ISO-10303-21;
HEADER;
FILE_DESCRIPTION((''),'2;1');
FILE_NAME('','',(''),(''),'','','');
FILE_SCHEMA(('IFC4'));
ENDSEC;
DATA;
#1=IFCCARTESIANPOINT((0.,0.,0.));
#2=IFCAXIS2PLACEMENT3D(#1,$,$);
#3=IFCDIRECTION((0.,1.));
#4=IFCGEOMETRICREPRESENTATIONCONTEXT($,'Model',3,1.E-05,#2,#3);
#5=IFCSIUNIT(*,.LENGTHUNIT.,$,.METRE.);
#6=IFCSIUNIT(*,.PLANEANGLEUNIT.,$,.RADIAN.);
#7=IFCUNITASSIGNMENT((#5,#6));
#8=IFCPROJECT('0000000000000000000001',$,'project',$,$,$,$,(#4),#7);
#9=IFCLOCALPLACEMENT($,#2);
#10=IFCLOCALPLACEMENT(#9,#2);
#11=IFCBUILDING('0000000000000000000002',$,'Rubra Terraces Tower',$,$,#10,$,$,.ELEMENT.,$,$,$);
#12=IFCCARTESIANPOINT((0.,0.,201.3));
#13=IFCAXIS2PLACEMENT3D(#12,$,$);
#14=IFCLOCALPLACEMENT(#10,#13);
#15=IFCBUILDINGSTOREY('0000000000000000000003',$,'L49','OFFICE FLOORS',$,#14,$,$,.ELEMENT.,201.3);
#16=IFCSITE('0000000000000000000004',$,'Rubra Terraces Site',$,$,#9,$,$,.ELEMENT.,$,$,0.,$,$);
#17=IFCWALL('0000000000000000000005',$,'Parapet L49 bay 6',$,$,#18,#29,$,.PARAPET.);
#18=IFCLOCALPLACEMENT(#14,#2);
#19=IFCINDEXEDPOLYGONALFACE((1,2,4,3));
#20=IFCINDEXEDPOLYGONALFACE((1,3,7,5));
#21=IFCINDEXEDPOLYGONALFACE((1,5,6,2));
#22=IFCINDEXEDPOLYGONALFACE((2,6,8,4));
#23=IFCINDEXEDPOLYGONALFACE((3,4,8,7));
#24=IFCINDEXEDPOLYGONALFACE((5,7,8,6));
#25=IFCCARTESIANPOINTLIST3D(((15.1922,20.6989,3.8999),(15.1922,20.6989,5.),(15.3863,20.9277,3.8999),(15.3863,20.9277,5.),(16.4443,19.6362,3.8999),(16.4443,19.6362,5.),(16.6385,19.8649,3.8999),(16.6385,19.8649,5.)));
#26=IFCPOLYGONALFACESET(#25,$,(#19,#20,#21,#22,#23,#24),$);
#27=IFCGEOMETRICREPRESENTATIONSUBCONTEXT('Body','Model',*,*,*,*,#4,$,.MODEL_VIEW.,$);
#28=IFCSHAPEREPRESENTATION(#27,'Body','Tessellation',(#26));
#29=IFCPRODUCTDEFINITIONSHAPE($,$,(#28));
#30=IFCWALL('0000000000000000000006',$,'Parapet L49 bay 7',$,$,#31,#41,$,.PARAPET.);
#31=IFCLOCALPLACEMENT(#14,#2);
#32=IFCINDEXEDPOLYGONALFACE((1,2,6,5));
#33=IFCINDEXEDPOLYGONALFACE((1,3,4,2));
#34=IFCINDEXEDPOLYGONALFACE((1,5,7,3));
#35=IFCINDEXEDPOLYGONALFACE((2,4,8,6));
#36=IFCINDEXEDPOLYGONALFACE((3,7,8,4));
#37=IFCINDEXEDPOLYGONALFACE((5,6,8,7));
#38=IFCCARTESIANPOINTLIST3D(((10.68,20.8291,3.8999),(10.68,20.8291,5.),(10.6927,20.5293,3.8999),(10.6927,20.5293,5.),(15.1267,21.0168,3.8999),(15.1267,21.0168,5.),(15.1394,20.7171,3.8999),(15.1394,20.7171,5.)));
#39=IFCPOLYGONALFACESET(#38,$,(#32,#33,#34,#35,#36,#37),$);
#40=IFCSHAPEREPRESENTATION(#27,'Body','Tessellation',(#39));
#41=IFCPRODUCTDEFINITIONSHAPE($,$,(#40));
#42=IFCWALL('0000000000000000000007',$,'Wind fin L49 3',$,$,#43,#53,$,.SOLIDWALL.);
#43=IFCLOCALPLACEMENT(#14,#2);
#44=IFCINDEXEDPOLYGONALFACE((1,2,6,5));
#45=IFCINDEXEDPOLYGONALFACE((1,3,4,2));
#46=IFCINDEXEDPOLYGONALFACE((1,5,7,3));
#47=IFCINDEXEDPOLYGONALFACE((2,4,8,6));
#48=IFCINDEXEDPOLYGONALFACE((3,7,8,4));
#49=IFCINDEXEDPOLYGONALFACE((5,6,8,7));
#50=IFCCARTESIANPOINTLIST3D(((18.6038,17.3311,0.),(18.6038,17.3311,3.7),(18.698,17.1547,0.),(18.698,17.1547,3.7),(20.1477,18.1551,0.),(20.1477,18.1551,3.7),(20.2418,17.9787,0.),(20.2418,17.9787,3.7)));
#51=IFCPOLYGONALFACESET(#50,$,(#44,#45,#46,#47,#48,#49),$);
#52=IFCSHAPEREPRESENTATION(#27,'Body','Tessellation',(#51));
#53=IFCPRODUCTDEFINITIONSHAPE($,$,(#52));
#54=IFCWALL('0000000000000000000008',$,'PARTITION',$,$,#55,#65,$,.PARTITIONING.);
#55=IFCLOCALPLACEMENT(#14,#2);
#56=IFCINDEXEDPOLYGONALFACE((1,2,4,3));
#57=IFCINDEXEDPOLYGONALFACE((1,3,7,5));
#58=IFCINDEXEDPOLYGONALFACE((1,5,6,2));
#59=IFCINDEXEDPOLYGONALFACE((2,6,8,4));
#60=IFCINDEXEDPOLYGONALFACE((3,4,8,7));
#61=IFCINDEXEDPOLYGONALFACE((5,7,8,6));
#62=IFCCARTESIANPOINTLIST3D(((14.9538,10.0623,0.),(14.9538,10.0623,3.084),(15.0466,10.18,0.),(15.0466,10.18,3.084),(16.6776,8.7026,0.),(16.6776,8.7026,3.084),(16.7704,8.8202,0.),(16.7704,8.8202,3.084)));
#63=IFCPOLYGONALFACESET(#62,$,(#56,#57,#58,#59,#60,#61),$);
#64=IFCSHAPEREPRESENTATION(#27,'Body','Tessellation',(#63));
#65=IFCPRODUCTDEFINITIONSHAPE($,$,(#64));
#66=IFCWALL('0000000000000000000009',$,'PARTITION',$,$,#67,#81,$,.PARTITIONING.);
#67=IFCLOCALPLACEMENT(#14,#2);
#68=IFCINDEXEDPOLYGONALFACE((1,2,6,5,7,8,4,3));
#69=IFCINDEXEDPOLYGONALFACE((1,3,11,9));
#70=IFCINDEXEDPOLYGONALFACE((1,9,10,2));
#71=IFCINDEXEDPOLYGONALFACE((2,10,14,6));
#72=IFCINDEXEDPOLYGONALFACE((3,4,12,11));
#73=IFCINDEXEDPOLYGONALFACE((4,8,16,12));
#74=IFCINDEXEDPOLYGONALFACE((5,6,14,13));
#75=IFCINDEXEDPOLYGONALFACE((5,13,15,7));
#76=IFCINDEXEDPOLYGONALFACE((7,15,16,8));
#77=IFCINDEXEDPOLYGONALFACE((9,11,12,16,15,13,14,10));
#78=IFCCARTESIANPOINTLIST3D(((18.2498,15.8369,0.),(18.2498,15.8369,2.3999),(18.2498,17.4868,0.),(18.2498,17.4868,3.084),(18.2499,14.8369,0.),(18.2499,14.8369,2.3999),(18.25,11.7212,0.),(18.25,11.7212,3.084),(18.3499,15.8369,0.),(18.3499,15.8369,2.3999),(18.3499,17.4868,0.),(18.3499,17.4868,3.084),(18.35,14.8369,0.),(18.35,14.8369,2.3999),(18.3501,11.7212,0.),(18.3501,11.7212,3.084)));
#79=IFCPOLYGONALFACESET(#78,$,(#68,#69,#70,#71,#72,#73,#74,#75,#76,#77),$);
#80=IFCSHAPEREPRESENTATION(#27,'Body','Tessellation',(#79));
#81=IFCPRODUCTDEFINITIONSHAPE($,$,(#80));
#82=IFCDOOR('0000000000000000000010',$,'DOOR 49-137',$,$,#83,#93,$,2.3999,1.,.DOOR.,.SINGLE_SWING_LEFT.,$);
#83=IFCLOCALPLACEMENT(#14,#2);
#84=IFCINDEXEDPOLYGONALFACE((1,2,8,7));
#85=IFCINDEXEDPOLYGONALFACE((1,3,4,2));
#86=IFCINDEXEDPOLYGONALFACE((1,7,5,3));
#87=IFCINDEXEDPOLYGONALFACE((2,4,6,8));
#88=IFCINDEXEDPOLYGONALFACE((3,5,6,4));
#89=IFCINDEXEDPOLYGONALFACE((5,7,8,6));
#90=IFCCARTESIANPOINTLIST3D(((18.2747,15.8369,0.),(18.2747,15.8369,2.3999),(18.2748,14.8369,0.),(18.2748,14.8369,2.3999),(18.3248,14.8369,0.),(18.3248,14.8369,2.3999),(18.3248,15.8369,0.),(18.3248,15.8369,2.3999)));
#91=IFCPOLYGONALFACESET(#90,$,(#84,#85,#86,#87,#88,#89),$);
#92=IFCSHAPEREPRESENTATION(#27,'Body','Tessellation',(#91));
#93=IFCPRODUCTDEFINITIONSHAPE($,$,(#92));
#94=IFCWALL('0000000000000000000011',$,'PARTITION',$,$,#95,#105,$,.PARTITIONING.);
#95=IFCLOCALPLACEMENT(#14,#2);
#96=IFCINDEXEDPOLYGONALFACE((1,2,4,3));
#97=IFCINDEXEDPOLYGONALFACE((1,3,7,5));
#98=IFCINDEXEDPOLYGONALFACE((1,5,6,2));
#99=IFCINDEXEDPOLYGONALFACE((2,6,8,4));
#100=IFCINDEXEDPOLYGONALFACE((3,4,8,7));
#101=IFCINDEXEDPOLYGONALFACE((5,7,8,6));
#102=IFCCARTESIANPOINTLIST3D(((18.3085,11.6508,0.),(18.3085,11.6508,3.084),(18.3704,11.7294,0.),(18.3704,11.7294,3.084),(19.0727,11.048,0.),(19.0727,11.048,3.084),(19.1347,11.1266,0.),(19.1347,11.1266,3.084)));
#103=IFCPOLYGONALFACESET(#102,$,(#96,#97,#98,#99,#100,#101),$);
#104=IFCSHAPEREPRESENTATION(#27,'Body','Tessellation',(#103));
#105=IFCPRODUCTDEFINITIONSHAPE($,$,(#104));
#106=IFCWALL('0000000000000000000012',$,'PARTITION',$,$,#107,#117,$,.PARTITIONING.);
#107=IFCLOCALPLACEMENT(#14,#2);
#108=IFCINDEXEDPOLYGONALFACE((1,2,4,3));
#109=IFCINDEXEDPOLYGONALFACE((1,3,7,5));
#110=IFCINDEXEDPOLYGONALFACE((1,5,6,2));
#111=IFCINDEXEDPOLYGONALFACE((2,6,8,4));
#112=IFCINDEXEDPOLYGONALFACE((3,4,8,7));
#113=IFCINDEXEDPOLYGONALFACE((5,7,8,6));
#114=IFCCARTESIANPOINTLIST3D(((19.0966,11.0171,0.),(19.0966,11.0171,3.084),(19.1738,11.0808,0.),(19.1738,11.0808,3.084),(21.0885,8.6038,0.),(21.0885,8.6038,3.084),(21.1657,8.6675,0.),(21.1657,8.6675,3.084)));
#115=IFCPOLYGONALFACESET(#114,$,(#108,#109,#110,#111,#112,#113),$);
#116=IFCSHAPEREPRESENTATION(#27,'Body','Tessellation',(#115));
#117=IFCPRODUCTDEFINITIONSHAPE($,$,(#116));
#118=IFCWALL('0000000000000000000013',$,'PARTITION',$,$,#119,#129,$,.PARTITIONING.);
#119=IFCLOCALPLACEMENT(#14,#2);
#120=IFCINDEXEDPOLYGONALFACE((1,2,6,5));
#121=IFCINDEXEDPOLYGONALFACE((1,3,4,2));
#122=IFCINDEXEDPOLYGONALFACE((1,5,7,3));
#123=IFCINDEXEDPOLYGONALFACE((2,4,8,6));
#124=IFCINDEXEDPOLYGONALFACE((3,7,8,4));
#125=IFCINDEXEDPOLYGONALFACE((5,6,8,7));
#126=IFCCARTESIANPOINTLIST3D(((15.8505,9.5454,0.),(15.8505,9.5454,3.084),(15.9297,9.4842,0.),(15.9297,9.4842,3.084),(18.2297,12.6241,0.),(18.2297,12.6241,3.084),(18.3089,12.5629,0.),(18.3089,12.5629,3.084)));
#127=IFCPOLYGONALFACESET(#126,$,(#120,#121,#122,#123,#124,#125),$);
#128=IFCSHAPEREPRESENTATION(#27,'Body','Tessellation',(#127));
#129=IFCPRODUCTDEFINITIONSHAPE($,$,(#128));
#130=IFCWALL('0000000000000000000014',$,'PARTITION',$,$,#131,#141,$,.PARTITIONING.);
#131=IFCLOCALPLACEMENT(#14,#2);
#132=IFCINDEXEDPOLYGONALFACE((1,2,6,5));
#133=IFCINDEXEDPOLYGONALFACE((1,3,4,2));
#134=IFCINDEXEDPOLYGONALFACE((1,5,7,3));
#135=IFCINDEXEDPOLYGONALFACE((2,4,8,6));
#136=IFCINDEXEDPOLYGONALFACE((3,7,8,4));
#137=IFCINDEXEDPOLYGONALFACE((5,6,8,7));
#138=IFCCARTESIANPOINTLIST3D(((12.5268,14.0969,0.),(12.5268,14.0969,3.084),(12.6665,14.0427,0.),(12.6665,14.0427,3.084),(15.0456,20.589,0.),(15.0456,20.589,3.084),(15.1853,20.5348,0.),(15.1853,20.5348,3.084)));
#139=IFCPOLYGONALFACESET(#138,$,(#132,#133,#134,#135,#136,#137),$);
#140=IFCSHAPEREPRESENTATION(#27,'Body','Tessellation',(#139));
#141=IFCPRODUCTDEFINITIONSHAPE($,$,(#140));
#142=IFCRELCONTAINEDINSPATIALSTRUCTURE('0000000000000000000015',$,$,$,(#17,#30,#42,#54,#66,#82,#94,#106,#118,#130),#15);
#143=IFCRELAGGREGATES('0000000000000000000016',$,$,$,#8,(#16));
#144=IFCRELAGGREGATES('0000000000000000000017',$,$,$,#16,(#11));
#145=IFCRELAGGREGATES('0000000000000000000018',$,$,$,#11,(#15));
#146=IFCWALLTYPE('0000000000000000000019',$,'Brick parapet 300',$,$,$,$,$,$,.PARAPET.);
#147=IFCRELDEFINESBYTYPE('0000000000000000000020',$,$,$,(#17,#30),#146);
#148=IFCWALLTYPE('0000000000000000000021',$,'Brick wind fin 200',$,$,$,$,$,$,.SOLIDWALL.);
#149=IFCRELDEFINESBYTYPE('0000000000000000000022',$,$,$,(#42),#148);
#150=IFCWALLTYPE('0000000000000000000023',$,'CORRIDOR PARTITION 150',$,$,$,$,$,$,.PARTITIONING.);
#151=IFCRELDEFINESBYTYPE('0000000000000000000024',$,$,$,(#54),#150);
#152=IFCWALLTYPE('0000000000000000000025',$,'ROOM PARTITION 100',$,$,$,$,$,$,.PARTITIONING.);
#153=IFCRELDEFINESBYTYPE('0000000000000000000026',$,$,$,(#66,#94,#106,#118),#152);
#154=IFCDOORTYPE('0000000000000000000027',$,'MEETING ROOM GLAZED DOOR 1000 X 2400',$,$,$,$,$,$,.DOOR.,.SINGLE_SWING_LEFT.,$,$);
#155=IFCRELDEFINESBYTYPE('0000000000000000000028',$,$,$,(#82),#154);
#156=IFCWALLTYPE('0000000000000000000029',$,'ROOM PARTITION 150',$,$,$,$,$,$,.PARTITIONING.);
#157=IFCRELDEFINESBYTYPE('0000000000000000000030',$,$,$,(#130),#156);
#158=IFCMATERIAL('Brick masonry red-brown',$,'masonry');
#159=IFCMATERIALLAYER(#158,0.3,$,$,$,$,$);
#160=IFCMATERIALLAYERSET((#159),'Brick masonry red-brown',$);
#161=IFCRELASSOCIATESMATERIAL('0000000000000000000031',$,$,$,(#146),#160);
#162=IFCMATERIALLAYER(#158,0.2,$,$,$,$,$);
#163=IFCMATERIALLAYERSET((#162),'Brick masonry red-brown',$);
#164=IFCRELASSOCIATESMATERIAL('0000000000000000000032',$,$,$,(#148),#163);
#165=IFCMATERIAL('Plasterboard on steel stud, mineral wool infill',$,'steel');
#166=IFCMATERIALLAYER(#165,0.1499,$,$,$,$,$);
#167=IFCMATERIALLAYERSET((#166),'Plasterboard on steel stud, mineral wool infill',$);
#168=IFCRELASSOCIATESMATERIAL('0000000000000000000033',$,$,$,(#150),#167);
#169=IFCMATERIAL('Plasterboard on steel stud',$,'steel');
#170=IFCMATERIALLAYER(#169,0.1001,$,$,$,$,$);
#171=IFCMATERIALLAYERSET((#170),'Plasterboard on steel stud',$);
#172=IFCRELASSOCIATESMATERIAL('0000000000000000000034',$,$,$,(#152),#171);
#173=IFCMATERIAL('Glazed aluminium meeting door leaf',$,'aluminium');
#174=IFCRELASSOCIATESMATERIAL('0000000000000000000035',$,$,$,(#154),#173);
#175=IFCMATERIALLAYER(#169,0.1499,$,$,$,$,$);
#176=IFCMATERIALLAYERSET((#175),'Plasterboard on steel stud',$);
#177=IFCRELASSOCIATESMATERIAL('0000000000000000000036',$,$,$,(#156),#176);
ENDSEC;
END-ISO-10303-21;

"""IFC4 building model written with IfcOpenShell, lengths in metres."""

from ifc_helpers import new_model, si_unit, direction, frame, frame_2d, origin, place, context, subcontext, project, spatial, rectangle, extrude, material, layer, layer_set, type_object, element, fill, save


model = new_model("IFC4")

# Units and contexts
model_context = context("Model", 3, precision=1e-05, world=origin(), true_north=direction((0.0, 1.0)))
body_context = subcontext(model_context, "Body", "Model", "MODEL_VIEW")
ifc_project = project(units=[si_unit("LENGTHUNIT", "METRE"), si_unit("PLANEANGLEUNIT", "RADIAN")], contexts=[model_context])

# Site, building, storey
site_placement = place(None, origin())
site = spatial("IfcSite", under=ifc_project, at=site_placement, Name="Rubra Terraces Site", CompositionType="ELEMENT", RefElevation=0.0)
building_placement = place(site_placement, origin())
building = spatial("IfcBuilding", under=site, at=building_placement, Name="Rubra Terraces Tower", CompositionType="ELEMENT")
storey_placement = place(building_placement, frame((0.0, 0.0, 201.3)))
storey = spatial("IfcBuildingStorey", under=building, at=storey_placement, Name="L49", Description="OFFICE FLOORS", CompositionType="ELEMENT", Elevation=201.3)

# Shared definitions
ifc_material_1 = material(Name="Brick masonry red-brown", Category="masonry")

# Walls
ifc_layer_1 = layer(ifc_material_1, 0.3)
ifc_layer_set_1 = layer_set([ifc_layer_1], Name="Brick masonry red-brown")
wall_type_1 = type_object("IfcWallType", Name="Brick parapet 300", PredefinedType="PARAPET", material=ifc_layer_set_1)
wall_1_placement = place(storey_placement, frame((16.5415, 19.7505, 3.8999), z_axis=(0.0, 0.0, 1.0), x_axis=(-0.762427, 0.647074, 0.0)))
element("IfcWall", 1, at=wall_1_placement, inside=storey, type_object=wall_type_1, Name="Parapet L49 bay 6", PredefinedType="PARAPET", context=body_context, shape_type="SweptSolid", body=[
    extrude(rectangle(XDim=1.6423, YDim=0.3, at=frame_2d((0.8213, 0.0))), origin(), (0.0, 0.0, 1.0), 1.1001),
])
wall_2_placement = place(storey_placement, frame((15.1331, 20.8669, 3.8999), z_axis=(0.0, 0.0, 1.0), x_axis=(-0.99911, -0.042183, 0.0)))
element("IfcWall", 2, at=wall_2_placement, inside=storey, type_object=wall_type_1, Name="Parapet L49 bay 7", PredefinedType="PARAPET", context=body_context, shape_type="SweptSolid", body=[
    extrude(rectangle(XDim=4.4507, YDim=0.3, at=frame_2d((2.2253, 0.0))), origin(), (0.0, 0.0, 1.0), 1.1001),
])
ifc_layer_2 = layer(ifc_material_1, 0.2)
ifc_layer_set_2 = layer_set([ifc_layer_2], Name="Brick masonry red-brown")
wall_type_2 = type_object("IfcWallType", Name="Brick wind fin 200", PredefinedType="SOLIDWALL", material=ifc_layer_set_2)
wall_3_placement = place(storey_placement, frame((18.6509, 17.2429, 0.0), z_axis=(0.0, 0.0, 1.0), x_axis=(0.882225, 0.470827, 0.0)))
element("IfcWall", 3, at=wall_3_placement, inside=storey, type_object=wall_type_2, Name="Wind fin L49 3", PredefinedType="SOLIDWALL", context=body_context, shape_type="SweptSolid", body=[
    extrude(rectangle(XDim=1.75, YDim=0.2, at=frame_2d((0.875, 0.0))), origin(), (0.0, 0.0, 1.0), 3.7),
])
ifc_material_2 = material(Name="Plasterboard on steel stud, mineral wool infill", Category="steel")
ifc_layer_3 = layer(ifc_material_2, 0.1499)
ifc_layer_set_3 = layer_set([ifc_layer_3], Name="Plasterboard on steel stud, mineral wool infill")
wall_type_3 = type_object("IfcWallType", Name="CORRIDOR PARTITION 150", PredefinedType="PARTITIONING", material=ifc_layer_set_3)
wall_4_placement = place(storey_placement, frame((16.7239, 8.7615, 0.0), z_axis=(0.0, 0.0, 1.0), x_axis=(-0.785125, 0.619338, 0.0)))
element("IfcWall", 4, at=wall_4_placement, inside=storey, type_object=wall_type_3, Name="PARTITION", PredefinedType="PARTITIONING", context=body_context, shape_type="SweptSolid", body=[
    extrude(rectangle(XDim=2.1956, YDim=0.1499, at=frame_2d((1.0977, 0.0))), origin(), (0.0, 0.0, 1.0), 3.084),
])

# Wall, opening, door
ifc_material_3 = material(Name="Plasterboard on steel stud", Category="steel")
ifc_layer_4 = layer(ifc_material_3, 0.1001)
ifc_layer_set_4 = layer_set([ifc_layer_4], Name="Plasterboard on steel stud")
wall_type_4 = type_object("IfcWallType", Name="ROOM PARTITION 100", PredefinedType="PARTITIONING", material=ifc_layer_set_4)
wall_5_placement = place(storey_placement, frame((18.2998, 17.4868, 0.0), z_axis=(0.0, 0.0, 1.0), x_axis=(0.000042, -1.0, 0.0)))
wall_5 = element("IfcWall", 5, at=wall_5_placement, inside=storey, type_object=wall_type_4, Name="PARTITION", PredefinedType="PARTITIONING", context=body_context, shape_type="SweptSolid", body=[
    extrude(rectangle(XDim=5.7656, YDim=0.1001, at=frame_2d((2.8828, 0.0))), origin(), (0.0, 0.0, 1.0), 3.084),
])
opening_1_placement = place(wall_5_placement, frame((1.6499, 0.0, 0.0)))
opening_1 = element("IfcOpeningElement", 6, at=opening_1_placement, cuts=wall_5, PredefinedType="OPENING", context=body_context, shape_type="SweptSolid", body=[
    extrude(rectangle(XDim=1.0, YDim=2.3999, at=frame_2d((0.5, 1.2))), frame((0.0, 0.0601, 0.0), z_axis=(0.0, -1.0, 0.0), x_axis=(1.0, 0.0, 0.0)), (0.0, 0.0, 1.0), 0.1201),
])
ifc_material_4 = material(Name="Glazed aluminium meeting door leaf", Category="aluminium")
door_type = type_object("IfcDoorType", Name="MEETING ROOM GLAZED DOOR 1000 X 2400", OperationType="SINGLE_SWING_LEFT", PredefinedType="DOOR", material=ifc_material_4)
door_placement = place(opening_1_placement, origin())
door = element("IfcDoor", 7, at=door_placement, inside=storey, type_object=door_type, Name="DOOR 49-137", OperationType="SINGLE_SWING_LEFT", OverallHeight=2.3999, OverallWidth=1.0, PredefinedType="DOOR", context=body_context, shape_type="SweptSolid", body=[
    extrude(rectangle(XDim=1.0, YDim=2.3999, at=frame_2d((0.5, 1.2))), frame((0.0, 0.0249, 0.0), z_axis=(0.0, -1.0, 0.0), x_axis=(1.0, 0.0, 0.0)), (0.0, 0.0, 1.0), 0.05),
])
fill(opening_1, door)

# Walls
wall_6_placement = place(storey_placement, frame((18.3394, 11.6902, 0.0), z_axis=(0.0, 0.0, 1.0), x_axis=(0.785133, -0.619327, 0.0)))
element("IfcWall", 8, at=wall_6_placement, inside=storey, type_object=wall_type_4, Name="PARTITION", PredefinedType="PARTITIONING", context=body_context, shape_type="SweptSolid", body=[
    extrude(rectangle(XDim=0.9734, YDim=0.1001, at=frame_2d((0.4868, 0.0))), origin(), (0.0, 0.0, 1.0), 3.084),
])
wall_7_placement = place(storey_placement, frame((19.1353, 11.0488, 0.0), z_axis=(0.0, 0.0, 1.0), x_axis=(0.636563, -0.771225, 0.0)))
element("IfcWall", 9, at=wall_7_placement, inside=storey, type_object=wall_type_4, Name="PARTITION", PredefinedType="PARTITIONING", context=body_context, shape_type="SweptSolid", body=[
    extrude(rectangle(XDim=3.1292, YDim=0.1001, at=frame_2d((1.5645, 0.0))), origin(), (0.0, 0.0, 1.0), 3.084),
])
wall_8_placement = place(storey_placement, frame((15.8901, 9.5149, 0.0), z_axis=(0.0, 0.0, 1.0), x_axis=(0.611483, 0.791257, 0.0)))
element("IfcWall", 10, at=wall_8_placement, inside=storey, type_object=wall_type_4, Name="PARTITION", PredefinedType="PARTITIONING", context=body_context, shape_type="SweptSolid", body=[
    extrude(rectangle(XDim=3.8909, YDim=0.1001, at=frame_2d((1.9453, 0.0))), origin(), (0.0, 0.0, 1.0), 3.084),
])
ifc_layer_5 = layer(ifc_material_3, 0.1499)
ifc_layer_set_5 = layer_set([ifc_layer_5], Name="Plasterboard on steel stud")
wall_type_5 = type_object("IfcWallType", Name="ROOM PARTITION 150", PredefinedType="PARTITIONING", material=ifc_layer_set_5)
wall_9_placement = place(storey_placement, frame((15.1155, 20.562, 0.0), z_axis=(0.0, 0.0, 1.0), x_axis=(-0.361705, -0.932293, 0.0)))
element("IfcWall", 11, at=wall_9_placement, inside=storey, type_object=wall_type_5, Name="PARTITION", PredefinedType="PARTITIONING", context=body_context, shape_type="SweptSolid", body=[
    extrude(rectangle(XDim=6.9636, YDim=0.1499, at=frame_2d((3.4819, 0.0))), origin(), (0.0, 0.0, 1.0), 3.084),
])

save(model, "model.ifc")
